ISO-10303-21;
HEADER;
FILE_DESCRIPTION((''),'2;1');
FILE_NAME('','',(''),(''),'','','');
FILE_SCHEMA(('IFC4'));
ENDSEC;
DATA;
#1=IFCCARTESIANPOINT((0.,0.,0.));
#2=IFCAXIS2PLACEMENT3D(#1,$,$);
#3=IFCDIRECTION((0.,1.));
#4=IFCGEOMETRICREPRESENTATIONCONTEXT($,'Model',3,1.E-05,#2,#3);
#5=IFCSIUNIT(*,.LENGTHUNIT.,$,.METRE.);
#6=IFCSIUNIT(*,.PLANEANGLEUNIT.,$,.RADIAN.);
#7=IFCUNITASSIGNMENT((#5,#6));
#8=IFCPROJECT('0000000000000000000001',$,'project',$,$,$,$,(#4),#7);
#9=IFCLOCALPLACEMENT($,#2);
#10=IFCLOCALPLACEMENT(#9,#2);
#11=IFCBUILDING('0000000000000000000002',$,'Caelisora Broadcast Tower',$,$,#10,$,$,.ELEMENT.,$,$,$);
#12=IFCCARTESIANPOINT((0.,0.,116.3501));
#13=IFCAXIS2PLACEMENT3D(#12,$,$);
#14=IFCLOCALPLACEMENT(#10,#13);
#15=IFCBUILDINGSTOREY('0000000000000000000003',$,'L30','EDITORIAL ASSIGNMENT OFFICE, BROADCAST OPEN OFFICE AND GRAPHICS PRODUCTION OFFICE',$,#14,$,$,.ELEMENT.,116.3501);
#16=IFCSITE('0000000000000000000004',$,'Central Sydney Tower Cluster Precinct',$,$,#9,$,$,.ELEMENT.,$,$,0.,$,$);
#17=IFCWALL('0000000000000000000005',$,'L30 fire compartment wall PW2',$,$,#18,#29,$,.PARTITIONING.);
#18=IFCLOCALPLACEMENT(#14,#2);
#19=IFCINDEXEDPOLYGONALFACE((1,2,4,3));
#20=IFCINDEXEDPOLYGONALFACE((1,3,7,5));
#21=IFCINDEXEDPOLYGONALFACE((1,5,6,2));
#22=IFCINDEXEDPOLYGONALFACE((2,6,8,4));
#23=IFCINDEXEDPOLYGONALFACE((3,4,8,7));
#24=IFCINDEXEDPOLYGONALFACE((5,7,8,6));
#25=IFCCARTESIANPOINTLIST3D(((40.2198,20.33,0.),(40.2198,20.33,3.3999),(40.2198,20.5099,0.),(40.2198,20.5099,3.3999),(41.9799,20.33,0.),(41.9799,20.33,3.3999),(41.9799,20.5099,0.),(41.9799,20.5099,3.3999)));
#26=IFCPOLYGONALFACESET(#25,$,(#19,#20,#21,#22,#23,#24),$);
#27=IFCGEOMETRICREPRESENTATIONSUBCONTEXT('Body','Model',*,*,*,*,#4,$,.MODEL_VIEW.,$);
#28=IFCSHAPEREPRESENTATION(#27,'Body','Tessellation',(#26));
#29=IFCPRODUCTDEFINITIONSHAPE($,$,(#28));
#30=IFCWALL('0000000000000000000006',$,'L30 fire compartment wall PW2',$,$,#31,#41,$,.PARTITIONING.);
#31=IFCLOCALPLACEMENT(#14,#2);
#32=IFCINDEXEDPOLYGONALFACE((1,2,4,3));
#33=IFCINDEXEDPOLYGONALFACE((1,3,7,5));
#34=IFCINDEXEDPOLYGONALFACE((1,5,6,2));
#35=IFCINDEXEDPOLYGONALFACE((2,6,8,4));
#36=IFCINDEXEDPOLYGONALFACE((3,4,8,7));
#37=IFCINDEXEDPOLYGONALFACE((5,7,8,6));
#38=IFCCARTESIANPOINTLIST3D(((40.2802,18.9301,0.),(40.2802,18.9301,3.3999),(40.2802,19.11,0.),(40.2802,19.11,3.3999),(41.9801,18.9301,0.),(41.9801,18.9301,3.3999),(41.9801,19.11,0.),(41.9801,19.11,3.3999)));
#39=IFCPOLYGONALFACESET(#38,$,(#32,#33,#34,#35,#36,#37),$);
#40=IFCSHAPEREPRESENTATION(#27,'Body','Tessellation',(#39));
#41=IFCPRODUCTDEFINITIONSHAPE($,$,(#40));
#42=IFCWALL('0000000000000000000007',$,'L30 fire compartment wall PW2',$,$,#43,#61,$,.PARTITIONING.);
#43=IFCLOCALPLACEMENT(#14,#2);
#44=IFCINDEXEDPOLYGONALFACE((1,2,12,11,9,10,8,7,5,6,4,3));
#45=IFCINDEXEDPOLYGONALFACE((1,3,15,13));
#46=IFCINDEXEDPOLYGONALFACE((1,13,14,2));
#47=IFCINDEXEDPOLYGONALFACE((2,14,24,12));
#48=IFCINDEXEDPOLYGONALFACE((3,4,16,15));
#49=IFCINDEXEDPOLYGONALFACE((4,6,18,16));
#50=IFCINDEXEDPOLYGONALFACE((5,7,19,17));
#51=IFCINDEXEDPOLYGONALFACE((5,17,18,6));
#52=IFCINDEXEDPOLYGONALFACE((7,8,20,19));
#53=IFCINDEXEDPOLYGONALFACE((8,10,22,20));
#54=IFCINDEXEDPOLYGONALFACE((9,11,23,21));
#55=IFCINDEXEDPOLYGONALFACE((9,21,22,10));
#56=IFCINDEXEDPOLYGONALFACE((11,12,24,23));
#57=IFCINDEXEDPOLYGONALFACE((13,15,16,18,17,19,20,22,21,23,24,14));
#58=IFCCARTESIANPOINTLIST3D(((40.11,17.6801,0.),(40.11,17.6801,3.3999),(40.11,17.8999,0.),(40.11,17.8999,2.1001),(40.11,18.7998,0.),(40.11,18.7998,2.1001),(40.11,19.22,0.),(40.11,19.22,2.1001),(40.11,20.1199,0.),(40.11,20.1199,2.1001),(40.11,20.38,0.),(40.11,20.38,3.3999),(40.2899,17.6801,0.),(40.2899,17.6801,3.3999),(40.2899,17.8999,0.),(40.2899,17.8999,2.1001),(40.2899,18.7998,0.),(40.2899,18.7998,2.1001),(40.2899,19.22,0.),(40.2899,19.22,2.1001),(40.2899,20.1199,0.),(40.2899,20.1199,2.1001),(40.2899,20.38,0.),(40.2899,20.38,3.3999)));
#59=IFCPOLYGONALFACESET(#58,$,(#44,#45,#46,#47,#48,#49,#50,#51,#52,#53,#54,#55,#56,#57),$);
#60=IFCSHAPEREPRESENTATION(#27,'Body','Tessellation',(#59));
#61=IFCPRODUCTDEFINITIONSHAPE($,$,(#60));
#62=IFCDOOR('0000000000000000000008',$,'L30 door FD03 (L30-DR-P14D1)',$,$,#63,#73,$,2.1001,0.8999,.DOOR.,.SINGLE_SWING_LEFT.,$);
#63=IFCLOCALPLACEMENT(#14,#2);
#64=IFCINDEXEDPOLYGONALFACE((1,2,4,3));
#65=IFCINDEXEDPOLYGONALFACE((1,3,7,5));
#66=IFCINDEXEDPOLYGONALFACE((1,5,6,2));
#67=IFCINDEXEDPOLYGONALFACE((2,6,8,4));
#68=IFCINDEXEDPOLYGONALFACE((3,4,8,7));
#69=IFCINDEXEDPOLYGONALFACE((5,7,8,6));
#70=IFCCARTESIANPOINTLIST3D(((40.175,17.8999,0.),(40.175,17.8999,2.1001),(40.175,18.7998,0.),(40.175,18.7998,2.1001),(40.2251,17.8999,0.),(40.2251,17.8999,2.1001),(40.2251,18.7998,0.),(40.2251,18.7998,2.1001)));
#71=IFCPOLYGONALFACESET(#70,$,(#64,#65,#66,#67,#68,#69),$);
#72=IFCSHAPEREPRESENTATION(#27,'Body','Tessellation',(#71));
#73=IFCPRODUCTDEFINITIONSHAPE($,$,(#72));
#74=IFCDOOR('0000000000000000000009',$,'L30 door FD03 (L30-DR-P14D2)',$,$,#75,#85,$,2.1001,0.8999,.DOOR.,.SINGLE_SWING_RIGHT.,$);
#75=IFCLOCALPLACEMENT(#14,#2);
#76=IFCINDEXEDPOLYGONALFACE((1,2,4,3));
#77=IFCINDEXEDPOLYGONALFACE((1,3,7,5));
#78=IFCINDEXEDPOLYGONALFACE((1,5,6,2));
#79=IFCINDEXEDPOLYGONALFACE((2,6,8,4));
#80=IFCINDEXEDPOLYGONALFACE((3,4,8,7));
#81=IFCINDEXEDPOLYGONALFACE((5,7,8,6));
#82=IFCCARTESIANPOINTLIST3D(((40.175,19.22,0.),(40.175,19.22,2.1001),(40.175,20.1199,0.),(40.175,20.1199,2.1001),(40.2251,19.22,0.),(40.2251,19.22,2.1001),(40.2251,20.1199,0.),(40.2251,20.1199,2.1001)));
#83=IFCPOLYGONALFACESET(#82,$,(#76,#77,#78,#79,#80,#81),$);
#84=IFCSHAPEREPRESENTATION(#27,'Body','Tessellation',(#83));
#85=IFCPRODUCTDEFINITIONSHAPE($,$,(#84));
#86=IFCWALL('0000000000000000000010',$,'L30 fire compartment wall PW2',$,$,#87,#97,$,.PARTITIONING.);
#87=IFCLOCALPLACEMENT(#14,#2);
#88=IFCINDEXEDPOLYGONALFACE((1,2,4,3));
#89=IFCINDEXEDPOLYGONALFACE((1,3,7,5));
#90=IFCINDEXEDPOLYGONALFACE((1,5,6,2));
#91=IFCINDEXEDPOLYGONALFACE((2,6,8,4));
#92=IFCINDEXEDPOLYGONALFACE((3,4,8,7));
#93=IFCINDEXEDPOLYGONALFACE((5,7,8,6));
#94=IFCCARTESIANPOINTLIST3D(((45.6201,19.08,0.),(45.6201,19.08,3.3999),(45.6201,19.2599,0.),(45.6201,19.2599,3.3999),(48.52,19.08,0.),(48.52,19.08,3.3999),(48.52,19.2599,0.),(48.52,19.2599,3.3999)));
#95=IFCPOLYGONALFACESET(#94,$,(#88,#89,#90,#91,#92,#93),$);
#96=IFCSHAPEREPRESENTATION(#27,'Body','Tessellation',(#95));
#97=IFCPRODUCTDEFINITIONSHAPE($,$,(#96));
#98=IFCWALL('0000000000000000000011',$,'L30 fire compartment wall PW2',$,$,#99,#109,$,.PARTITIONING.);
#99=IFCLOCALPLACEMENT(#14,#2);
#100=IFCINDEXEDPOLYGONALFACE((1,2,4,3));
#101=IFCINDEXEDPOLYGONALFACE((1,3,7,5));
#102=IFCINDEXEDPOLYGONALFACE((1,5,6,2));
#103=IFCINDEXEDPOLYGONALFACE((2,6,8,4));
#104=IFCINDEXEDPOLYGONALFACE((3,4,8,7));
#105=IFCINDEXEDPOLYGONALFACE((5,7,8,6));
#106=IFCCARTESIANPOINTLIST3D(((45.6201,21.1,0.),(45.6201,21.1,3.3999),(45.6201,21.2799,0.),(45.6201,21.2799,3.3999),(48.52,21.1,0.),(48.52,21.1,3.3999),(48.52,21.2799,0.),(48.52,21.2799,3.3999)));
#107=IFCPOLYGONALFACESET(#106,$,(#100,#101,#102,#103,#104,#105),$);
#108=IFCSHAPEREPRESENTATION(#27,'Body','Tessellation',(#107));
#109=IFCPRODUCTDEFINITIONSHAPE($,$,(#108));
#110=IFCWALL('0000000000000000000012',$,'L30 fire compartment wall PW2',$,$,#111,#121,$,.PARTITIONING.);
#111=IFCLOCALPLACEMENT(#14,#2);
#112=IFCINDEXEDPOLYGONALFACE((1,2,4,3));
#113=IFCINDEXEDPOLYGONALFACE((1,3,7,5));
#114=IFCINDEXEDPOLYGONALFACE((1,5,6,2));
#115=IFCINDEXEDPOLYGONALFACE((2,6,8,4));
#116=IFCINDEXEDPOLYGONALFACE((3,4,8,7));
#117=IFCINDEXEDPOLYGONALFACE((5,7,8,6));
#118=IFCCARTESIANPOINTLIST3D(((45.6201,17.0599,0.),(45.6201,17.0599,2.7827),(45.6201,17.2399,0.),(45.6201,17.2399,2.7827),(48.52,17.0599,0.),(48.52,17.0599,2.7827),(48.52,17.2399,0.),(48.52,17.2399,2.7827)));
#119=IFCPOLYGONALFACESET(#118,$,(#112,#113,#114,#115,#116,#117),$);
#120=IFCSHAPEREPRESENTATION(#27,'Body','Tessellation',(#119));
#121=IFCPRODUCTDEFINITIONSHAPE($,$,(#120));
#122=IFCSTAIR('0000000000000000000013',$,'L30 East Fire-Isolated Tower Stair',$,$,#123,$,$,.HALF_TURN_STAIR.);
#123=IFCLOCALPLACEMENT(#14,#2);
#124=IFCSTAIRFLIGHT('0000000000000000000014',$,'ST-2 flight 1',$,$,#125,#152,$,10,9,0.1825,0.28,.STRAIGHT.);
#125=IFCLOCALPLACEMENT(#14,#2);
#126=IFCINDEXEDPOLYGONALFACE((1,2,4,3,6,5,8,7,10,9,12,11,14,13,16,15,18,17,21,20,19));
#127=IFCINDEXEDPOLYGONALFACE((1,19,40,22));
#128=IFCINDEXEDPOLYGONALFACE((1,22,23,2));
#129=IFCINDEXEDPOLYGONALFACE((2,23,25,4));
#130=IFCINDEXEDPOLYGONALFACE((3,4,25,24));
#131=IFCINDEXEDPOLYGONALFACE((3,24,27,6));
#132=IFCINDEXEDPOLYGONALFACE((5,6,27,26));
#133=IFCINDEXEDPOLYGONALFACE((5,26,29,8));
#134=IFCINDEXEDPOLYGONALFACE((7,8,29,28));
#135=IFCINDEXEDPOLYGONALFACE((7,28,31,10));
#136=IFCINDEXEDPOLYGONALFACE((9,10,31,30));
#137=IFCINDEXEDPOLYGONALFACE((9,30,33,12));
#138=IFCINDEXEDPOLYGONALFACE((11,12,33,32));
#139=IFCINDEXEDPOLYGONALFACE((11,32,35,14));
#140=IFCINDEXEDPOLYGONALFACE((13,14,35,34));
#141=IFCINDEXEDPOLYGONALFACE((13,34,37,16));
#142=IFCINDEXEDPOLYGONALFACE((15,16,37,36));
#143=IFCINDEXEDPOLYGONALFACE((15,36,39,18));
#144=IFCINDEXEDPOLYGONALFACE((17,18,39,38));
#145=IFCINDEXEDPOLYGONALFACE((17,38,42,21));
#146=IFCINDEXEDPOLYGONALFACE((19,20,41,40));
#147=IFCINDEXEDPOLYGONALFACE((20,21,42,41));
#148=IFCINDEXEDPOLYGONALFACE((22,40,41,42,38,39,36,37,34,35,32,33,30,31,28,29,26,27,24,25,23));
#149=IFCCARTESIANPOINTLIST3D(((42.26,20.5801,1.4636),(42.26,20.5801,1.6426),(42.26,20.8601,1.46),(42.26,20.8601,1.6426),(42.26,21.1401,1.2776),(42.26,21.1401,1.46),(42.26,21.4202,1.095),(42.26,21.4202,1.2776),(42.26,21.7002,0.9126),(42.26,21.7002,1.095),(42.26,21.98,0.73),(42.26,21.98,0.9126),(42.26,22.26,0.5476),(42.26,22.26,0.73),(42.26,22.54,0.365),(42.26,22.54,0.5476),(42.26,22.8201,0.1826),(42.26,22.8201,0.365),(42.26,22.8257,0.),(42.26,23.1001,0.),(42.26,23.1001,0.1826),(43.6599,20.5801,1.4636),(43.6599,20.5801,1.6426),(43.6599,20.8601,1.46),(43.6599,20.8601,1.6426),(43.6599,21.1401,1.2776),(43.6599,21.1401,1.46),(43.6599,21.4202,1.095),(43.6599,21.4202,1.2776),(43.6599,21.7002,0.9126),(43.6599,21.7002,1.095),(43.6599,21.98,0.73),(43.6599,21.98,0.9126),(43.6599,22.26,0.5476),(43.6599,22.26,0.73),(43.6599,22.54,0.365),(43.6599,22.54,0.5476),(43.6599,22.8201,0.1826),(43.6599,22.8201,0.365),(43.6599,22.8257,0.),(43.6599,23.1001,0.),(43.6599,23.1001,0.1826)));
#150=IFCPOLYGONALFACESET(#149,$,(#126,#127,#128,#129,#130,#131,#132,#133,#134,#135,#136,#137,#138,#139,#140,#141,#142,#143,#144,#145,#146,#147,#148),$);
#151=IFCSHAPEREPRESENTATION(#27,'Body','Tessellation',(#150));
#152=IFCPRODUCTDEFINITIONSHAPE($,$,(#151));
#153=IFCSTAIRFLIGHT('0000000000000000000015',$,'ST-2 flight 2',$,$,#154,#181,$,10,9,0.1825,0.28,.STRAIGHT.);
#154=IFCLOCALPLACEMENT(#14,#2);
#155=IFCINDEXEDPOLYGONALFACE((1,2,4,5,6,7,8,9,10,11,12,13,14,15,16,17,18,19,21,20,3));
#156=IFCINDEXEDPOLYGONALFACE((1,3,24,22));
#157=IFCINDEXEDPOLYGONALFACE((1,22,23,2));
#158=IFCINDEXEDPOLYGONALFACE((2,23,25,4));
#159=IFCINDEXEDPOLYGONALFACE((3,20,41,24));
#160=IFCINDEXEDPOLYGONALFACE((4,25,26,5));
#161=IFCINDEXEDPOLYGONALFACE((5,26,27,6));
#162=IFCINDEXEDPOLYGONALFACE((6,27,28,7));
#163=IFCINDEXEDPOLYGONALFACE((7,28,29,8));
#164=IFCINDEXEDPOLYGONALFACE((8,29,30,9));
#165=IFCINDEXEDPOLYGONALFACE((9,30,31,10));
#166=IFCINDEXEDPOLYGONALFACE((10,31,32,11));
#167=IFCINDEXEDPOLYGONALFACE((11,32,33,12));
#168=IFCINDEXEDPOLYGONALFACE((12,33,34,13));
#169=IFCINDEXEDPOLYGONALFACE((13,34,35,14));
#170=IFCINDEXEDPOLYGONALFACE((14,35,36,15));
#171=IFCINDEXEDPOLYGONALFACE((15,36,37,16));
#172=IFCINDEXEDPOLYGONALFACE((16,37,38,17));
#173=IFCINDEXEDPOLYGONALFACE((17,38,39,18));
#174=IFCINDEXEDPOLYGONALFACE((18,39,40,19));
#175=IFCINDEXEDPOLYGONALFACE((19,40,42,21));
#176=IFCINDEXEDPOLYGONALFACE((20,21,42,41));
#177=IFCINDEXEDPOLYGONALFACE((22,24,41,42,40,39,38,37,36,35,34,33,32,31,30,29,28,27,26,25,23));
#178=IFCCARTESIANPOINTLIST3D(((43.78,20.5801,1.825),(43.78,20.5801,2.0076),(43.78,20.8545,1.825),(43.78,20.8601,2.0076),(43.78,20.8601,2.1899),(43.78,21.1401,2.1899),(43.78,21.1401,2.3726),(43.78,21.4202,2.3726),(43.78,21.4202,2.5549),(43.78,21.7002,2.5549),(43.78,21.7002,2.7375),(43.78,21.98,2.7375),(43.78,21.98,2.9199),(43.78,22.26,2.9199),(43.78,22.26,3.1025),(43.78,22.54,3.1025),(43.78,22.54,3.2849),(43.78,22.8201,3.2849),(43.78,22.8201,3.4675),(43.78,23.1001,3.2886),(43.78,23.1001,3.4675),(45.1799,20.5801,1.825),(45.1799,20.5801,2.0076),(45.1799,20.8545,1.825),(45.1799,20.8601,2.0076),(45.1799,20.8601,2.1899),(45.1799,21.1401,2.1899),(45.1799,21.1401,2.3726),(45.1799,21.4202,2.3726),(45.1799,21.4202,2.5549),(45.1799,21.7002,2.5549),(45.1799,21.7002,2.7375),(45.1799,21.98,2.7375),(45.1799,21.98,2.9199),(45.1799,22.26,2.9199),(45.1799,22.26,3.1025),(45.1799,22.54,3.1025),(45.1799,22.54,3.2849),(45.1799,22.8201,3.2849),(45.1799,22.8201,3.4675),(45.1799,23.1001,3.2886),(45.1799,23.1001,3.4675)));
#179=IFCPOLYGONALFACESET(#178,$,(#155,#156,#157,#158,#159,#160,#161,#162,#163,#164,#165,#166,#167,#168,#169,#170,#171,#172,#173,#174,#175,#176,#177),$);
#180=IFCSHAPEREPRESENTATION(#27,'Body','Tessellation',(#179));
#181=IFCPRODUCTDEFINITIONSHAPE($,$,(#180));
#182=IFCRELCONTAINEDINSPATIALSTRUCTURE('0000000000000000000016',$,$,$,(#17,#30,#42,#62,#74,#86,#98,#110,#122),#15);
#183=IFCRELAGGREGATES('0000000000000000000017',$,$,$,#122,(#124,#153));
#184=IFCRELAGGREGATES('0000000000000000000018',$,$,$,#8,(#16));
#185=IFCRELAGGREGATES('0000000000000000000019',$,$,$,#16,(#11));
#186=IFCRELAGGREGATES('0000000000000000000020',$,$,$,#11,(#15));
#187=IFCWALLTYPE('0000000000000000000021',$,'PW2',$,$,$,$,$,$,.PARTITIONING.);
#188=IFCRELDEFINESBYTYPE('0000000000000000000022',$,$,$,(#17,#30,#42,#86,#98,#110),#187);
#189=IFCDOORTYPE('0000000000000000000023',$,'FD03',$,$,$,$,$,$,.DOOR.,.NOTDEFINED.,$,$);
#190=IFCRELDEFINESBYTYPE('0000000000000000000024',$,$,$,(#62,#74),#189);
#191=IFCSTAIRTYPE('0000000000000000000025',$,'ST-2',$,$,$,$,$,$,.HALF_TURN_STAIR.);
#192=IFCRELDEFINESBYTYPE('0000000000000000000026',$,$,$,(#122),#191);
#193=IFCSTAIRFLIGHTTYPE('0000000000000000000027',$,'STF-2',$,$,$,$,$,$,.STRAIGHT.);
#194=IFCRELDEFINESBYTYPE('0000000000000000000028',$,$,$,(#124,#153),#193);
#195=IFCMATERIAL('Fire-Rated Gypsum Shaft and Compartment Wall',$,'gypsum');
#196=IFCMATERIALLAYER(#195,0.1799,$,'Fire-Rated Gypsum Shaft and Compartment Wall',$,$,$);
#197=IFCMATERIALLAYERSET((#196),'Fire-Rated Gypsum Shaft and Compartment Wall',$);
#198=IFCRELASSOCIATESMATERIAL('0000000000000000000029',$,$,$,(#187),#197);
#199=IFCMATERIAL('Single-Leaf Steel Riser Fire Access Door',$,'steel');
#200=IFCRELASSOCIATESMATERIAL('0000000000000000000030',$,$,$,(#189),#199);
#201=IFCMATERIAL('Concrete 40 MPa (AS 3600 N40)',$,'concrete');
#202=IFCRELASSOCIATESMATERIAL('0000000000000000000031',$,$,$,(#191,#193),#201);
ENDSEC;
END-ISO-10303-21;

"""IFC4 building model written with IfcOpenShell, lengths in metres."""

from ifc_helpers import new_model, si_unit, direction, frame, frame_2d, origin, place, context, subcontext, project, spatial, polyline, rectangle, outline, extrude, material, layer, layer_set, type_object, element, fill, aggregate, save


model = new_model("IFC4")

# Units and contexts
model_context = context("Model", 3, precision=1e-05, world=origin(), true_north=direction((0.0, 1.0)))
body_context = subcontext(model_context, "Body", "Model", "MODEL_VIEW")
ifc_project = project(units=[si_unit("LENGTHUNIT", "METRE"), si_unit("PLANEANGLEUNIT", "RADIAN")], contexts=[model_context])

# Site, building, storey
site_placement = place(None, origin())
site = spatial("IfcSite", under=ifc_project, at=site_placement, Name="Central Sydney Tower Cluster Precinct", CompositionType="ELEMENT", RefElevation=0.0)
building_placement = place(site_placement, origin())
building = spatial("IfcBuilding", under=site, at=building_placement, Name="Caelisora Broadcast Tower", CompositionType="ELEMENT")
storey_placement = place(building_placement, frame((0.0, 0.0, 116.3501)))
storey = spatial("IfcBuildingStorey", under=building, at=storey_placement, Name="L30", Description="EDITORIAL ASSIGNMENT OFFICE, BROADCAST OPEN OFFICE AND GRAPHICS PRODUCTION OFFICE", CompositionType="ELEMENT", Elevation=116.3501)

# Shared definitions
ifc_material_1 = material(Name="Fire-Rated Gypsum Shaft and Compartment Wall", Category="gypsum")
ifc_layer_1 = layer(ifc_material_1, 0.1799, Name="Fire-Rated Gypsum Shaft and Compartment Wall")
ifc_layer_set_1 = layer_set([ifc_layer_1], Name="Fire-Rated Gypsum Shaft and Compartment Wall")
wall_type_1 = type_object("IfcWallType", Name="PW2", PredefinedType="PARTITIONING", material=ifc_layer_set_1)

# Walls
wall_1_placement = place(storey_placement, frame((40.22, 20.4199, 0.0), z_axis=(0.0, 0.0, 1.0), x_axis=(1.0, 0.0, 0.0)))
element("IfcWall", 1, at=wall_1_placement, inside=storey, type_object=wall_type_1, Name="L30 fire compartment wall PW2", PredefinedType="PARTITIONING", context=body_context, shape_type="SweptSolid", body=[
    extrude(rectangle(XDim=1.76, YDim=0.1799, at=frame_2d((0.8799, 0.0))), origin(), (0.0, 0.0, 1.0), 3.3999),
])
wall_2_placement = place(storey_placement, frame((40.28, 19.02, 0.0), z_axis=(0.0, 0.0, 1.0), x_axis=(1.0, 0.0, 0.0)))
element("IfcWall", 2, at=wall_2_placement, inside=storey, type_object=wall_type_1, Name="L30 fire compartment wall PW2", PredefinedType="PARTITIONING", context=body_context, shape_type="SweptSolid", body=[
    extrude(rectangle(XDim=1.7, YDim=0.1799, at=frame_2d((0.8501, 0.0))), origin(), (0.0, 0.0, 1.0), 3.3999),
])

# Wall, openings, doors
wall_3_placement = place(storey_placement, frame((40.2, 17.6799, 0.0), z_axis=(0.0, 0.0, 1.0), x_axis=(0.0, 1.0, 0.0)))
wall_3 = element("IfcWall", 3, at=wall_3_placement, inside=storey, type_object=wall_type_1, Name="L30 fire compartment wall PW2", PredefinedType="PARTITIONING", context=body_context, shape_type="SweptSolid", body=[
    extrude(rectangle(XDim=2.7, YDim=0.1799, at=frame_2d((1.3501, 0.0))), origin(), (0.0, 0.0, 1.0), 3.3999),
])
opening_1_placement = place(wall_3_placement, frame((0.22, 0.0, 0.0)))
opening_1 = element("IfcOpeningElement", 4, at=opening_1_placement, cuts=wall_3, PredefinedType="OPENING", context=body_context, shape_type="SweptSolid", body=[
    extrude(rectangle(XDim=0.8999, YDim=2.1001, at=frame_2d((0.45, 1.05))), frame((0.0, 0.1021, 0.0), z_axis=(0.0, -1.0, 0.0), x_axis=(1.0, 0.0, 0.0)), (0.0, 0.0, 1.0), 0.2039),
])
opening_2_placement = place(wall_3_placement, frame((1.54, 0.0, 0.0)))
opening_2 = element("IfcOpeningElement", 5, at=opening_2_placement, cuts=wall_3, PredefinedType="OPENING", context=body_context, shape_type="SweptSolid", body=[
    extrude(rectangle(XDim=0.8999, YDim=2.1001, at=frame_2d((0.45, 1.05))), frame((0.0, 0.1021, 0.0), z_axis=(0.0, -1.0, 0.0), x_axis=(1.0, 0.0, 0.0)), (0.0, 0.0, 1.0), 0.2039),
])
ifc_material_2 = material(Name="Single-Leaf Steel Riser Fire Access Door", Category="steel")
door_type_1 = type_object("IfcDoorType", Name="FD03", OperationType="NOTDEFINED", PredefinedType="DOOR", material=ifc_material_2)
door_1_placement = place(opening_1_placement, origin())
door_1 = element("IfcDoor", 6, at=door_1_placement, inside=storey, type_object=door_type_1, Name="L30 door FD03 (L30-DR-P14D1)", OperationType="SINGLE_SWING_LEFT", OverallHeight=2.1001, OverallWidth=0.8999, PredefinedType="DOOR", context=body_context, shape_type="SweptSolid", body=[
    extrude(rectangle(XDim=0.8999, YDim=2.1001, at=frame_2d((0.45, 1.05))), frame((0.0, 0.0249, 0.0), z_axis=(0.0, -1.0, 0.0), x_axis=(1.0, 0.0, 0.0)), (0.0, 0.0, 1.0), 0.05),
])
fill(opening_1, door_1)
door_2_placement = place(opening_2_placement, origin())
door_2 = element("IfcDoor", 7, at=door_2_placement, inside=storey, type_object=door_type_1, Name="L30 door FD03 (L30-DR-P14D2)", OperationType="SINGLE_SWING_RIGHT", OverallHeight=2.1001, OverallWidth=0.8999, PredefinedType="DOOR", context=body_context, shape_type="SweptSolid", body=[
    extrude(rectangle(XDim=0.8999, YDim=2.1001, at=frame_2d((0.45, 1.05))), frame((0.0, 0.0249, 0.0), z_axis=(0.0, -1.0, 0.0), x_axis=(1.0, 0.0, 0.0)), (0.0, 0.0, 1.0), 0.05),
])
fill(opening_2, door_2)

# Walls
for number, where, z_axis, x_axis, name in (
    (8, (45.6201, 19.1699, 0.0), (0.0, 0.0, 1.0), (1.0, 0.0, 0.0), "L30 fire compartment wall PW2"),
    (9, (45.6201, 21.1899, 0.0), (0.0, 0.0, 1.0), (1.0, 0.0, 0.0), "L30 fire compartment wall PW2"),
):
    element("IfcWall", number, at=place(storey_placement, frame(where, z_axis=z_axis, x_axis=x_axis)), inside=storey, type_object=wall_type_1, Name=name, PredefinedType="PARTITIONING", context=body_context, shape_type="SweptSolid", body=[
        extrude(rectangle(XDim=2.8999, YDim=0.1799, at=frame_2d((1.45, 0.0))), origin(), (0.0, 0.0, 1.0), 3.3999),
    ])
wall_4_placement = place(storey_placement, frame((45.6201, 17.1499, 0.0), z_axis=(0.0, 0.0, 1.0), x_axis=(1.0, 0.0, 0.0)))
element("IfcWall", 10, at=wall_4_placement, inside=storey, type_object=wall_type_1, Name="L30 fire compartment wall PW2", PredefinedType="PARTITIONING", context=body_context, shape_type="SweptSolid", body=[
    extrude(rectangle(XDim=2.8999, YDim=0.1799, at=frame_2d((1.45, 0.0))), origin(), (0.0, 0.0, 1.0), 2.7827),
])

# Stair, stair flights
ifc_material_3 = material(Name="Concrete 40 MPa (AS 3600 N40)", Category="concrete")
stair_type = type_object("IfcStairType", Name="ST-2", PredefinedType="HALF_TURN_STAIR", material=ifc_material_3)
stair_placement = place(storey_placement, origin())
stair = element("IfcStair", 11, at=stair_placement, inside=storey, type_object=stair_type, Name="L30 East Fire-Isolated Tower Stair", PredefinedType="HALF_TURN_STAIR")
stair_flight_type = type_object("IfcStairFlightType", Name="STF-2", PredefinedType="STRAIGHT", material=ifc_material_3)
stair_flight_1_placement = place(storey_placement, frame((42.96, 23.1001, 0.0), z_axis=(0.0, 0.0, 1.0), x_axis=(0.0, -1.0, 0.0)))
stair_flight_1 = element("IfcStairFlight", 12, at=stair_flight_1_placement, type_object=stair_flight_type, Name="ST-2 flight 1", NumberOfRisers=10, NumberOfTreads=9, PredefinedType="STRAIGHT", RiserHeight=0.1825, TreadLength=0.28, context=body_context, shape_type="SweptSolid", body=[
    extrude(outline(polyline([(0.0, 0.0), (0.0, 0.1826), (0.28, 0.1826), (0.28, 0.365), (0.5601, 0.365), (0.5601, 0.5476), (0.8401, 0.5476), (0.8401, 0.73), (1.1201, 0.73), (1.1201, 0.9126), (1.3999, 0.9126), (1.3999, 1.095), (1.6799, 1.095), (1.6799, 1.2776), (1.96, 1.2776), (1.96, 1.46), (2.24, 1.46), (2.24, 1.6426), (2.52, 1.6426), (2.52, 1.825), (2.52, 1.4636), (0.2744, 0.0), (0.0, 0.0)])), frame((0.0, 0.7, 0.0), z_axis=(0.0, -1.0, 0.0), x_axis=(1.0, 0.0, 0.0)), (0.0, 0.0, 1.0), 1.3999),
])
stair_flight_2_placement = place(storey_placement, frame((44.48, 20.5801, 1.825), z_axis=(0.0, 0.0, 1.0), x_axis=(0.0, 1.0, 0.0)))
stair_flight_2 = element("IfcStairFlight", 13, at=stair_flight_2_placement, type_object=stair_flight_type, Name="ST-2 flight 2", NumberOfRisers=10, NumberOfTreads=9, PredefinedType="STRAIGHT", RiserHeight=0.1825, TreadLength=0.28, context=body_context, shape_type="SweptSolid", body=[
    extrude(outline(polyline([(0.0, 0.0), (0.0, 0.1826), (0.28, 0.1826), (0.28, 0.365), (0.5601, 0.365), (0.5601, 0.5476), (0.8401, 0.5476), (0.8401, 0.73), (1.1201, 0.73), (1.1201, 0.9126), (1.3999, 0.9126), (1.3999, 1.095), (1.6799, 1.095), (1.6799, 1.2776), (1.96, 1.2776), (1.96, 1.46), (2.24, 1.46), (2.24, 1.6426), (2.52, 1.6426), (2.52, 1.825), (2.52, 1.4636), (0.2744, 0.0), (0.0, 0.0)])), frame((0.0, 0.7, 0.0), z_axis=(0.0, -1.0, 0.0), x_axis=(1.0, 0.0, 0.0)), (0.0, 0.0, 1.0), 1.3999),
])
aggregate(stair, [stair_flight_1, stair_flight_2])

save(model, "model.ifc")
